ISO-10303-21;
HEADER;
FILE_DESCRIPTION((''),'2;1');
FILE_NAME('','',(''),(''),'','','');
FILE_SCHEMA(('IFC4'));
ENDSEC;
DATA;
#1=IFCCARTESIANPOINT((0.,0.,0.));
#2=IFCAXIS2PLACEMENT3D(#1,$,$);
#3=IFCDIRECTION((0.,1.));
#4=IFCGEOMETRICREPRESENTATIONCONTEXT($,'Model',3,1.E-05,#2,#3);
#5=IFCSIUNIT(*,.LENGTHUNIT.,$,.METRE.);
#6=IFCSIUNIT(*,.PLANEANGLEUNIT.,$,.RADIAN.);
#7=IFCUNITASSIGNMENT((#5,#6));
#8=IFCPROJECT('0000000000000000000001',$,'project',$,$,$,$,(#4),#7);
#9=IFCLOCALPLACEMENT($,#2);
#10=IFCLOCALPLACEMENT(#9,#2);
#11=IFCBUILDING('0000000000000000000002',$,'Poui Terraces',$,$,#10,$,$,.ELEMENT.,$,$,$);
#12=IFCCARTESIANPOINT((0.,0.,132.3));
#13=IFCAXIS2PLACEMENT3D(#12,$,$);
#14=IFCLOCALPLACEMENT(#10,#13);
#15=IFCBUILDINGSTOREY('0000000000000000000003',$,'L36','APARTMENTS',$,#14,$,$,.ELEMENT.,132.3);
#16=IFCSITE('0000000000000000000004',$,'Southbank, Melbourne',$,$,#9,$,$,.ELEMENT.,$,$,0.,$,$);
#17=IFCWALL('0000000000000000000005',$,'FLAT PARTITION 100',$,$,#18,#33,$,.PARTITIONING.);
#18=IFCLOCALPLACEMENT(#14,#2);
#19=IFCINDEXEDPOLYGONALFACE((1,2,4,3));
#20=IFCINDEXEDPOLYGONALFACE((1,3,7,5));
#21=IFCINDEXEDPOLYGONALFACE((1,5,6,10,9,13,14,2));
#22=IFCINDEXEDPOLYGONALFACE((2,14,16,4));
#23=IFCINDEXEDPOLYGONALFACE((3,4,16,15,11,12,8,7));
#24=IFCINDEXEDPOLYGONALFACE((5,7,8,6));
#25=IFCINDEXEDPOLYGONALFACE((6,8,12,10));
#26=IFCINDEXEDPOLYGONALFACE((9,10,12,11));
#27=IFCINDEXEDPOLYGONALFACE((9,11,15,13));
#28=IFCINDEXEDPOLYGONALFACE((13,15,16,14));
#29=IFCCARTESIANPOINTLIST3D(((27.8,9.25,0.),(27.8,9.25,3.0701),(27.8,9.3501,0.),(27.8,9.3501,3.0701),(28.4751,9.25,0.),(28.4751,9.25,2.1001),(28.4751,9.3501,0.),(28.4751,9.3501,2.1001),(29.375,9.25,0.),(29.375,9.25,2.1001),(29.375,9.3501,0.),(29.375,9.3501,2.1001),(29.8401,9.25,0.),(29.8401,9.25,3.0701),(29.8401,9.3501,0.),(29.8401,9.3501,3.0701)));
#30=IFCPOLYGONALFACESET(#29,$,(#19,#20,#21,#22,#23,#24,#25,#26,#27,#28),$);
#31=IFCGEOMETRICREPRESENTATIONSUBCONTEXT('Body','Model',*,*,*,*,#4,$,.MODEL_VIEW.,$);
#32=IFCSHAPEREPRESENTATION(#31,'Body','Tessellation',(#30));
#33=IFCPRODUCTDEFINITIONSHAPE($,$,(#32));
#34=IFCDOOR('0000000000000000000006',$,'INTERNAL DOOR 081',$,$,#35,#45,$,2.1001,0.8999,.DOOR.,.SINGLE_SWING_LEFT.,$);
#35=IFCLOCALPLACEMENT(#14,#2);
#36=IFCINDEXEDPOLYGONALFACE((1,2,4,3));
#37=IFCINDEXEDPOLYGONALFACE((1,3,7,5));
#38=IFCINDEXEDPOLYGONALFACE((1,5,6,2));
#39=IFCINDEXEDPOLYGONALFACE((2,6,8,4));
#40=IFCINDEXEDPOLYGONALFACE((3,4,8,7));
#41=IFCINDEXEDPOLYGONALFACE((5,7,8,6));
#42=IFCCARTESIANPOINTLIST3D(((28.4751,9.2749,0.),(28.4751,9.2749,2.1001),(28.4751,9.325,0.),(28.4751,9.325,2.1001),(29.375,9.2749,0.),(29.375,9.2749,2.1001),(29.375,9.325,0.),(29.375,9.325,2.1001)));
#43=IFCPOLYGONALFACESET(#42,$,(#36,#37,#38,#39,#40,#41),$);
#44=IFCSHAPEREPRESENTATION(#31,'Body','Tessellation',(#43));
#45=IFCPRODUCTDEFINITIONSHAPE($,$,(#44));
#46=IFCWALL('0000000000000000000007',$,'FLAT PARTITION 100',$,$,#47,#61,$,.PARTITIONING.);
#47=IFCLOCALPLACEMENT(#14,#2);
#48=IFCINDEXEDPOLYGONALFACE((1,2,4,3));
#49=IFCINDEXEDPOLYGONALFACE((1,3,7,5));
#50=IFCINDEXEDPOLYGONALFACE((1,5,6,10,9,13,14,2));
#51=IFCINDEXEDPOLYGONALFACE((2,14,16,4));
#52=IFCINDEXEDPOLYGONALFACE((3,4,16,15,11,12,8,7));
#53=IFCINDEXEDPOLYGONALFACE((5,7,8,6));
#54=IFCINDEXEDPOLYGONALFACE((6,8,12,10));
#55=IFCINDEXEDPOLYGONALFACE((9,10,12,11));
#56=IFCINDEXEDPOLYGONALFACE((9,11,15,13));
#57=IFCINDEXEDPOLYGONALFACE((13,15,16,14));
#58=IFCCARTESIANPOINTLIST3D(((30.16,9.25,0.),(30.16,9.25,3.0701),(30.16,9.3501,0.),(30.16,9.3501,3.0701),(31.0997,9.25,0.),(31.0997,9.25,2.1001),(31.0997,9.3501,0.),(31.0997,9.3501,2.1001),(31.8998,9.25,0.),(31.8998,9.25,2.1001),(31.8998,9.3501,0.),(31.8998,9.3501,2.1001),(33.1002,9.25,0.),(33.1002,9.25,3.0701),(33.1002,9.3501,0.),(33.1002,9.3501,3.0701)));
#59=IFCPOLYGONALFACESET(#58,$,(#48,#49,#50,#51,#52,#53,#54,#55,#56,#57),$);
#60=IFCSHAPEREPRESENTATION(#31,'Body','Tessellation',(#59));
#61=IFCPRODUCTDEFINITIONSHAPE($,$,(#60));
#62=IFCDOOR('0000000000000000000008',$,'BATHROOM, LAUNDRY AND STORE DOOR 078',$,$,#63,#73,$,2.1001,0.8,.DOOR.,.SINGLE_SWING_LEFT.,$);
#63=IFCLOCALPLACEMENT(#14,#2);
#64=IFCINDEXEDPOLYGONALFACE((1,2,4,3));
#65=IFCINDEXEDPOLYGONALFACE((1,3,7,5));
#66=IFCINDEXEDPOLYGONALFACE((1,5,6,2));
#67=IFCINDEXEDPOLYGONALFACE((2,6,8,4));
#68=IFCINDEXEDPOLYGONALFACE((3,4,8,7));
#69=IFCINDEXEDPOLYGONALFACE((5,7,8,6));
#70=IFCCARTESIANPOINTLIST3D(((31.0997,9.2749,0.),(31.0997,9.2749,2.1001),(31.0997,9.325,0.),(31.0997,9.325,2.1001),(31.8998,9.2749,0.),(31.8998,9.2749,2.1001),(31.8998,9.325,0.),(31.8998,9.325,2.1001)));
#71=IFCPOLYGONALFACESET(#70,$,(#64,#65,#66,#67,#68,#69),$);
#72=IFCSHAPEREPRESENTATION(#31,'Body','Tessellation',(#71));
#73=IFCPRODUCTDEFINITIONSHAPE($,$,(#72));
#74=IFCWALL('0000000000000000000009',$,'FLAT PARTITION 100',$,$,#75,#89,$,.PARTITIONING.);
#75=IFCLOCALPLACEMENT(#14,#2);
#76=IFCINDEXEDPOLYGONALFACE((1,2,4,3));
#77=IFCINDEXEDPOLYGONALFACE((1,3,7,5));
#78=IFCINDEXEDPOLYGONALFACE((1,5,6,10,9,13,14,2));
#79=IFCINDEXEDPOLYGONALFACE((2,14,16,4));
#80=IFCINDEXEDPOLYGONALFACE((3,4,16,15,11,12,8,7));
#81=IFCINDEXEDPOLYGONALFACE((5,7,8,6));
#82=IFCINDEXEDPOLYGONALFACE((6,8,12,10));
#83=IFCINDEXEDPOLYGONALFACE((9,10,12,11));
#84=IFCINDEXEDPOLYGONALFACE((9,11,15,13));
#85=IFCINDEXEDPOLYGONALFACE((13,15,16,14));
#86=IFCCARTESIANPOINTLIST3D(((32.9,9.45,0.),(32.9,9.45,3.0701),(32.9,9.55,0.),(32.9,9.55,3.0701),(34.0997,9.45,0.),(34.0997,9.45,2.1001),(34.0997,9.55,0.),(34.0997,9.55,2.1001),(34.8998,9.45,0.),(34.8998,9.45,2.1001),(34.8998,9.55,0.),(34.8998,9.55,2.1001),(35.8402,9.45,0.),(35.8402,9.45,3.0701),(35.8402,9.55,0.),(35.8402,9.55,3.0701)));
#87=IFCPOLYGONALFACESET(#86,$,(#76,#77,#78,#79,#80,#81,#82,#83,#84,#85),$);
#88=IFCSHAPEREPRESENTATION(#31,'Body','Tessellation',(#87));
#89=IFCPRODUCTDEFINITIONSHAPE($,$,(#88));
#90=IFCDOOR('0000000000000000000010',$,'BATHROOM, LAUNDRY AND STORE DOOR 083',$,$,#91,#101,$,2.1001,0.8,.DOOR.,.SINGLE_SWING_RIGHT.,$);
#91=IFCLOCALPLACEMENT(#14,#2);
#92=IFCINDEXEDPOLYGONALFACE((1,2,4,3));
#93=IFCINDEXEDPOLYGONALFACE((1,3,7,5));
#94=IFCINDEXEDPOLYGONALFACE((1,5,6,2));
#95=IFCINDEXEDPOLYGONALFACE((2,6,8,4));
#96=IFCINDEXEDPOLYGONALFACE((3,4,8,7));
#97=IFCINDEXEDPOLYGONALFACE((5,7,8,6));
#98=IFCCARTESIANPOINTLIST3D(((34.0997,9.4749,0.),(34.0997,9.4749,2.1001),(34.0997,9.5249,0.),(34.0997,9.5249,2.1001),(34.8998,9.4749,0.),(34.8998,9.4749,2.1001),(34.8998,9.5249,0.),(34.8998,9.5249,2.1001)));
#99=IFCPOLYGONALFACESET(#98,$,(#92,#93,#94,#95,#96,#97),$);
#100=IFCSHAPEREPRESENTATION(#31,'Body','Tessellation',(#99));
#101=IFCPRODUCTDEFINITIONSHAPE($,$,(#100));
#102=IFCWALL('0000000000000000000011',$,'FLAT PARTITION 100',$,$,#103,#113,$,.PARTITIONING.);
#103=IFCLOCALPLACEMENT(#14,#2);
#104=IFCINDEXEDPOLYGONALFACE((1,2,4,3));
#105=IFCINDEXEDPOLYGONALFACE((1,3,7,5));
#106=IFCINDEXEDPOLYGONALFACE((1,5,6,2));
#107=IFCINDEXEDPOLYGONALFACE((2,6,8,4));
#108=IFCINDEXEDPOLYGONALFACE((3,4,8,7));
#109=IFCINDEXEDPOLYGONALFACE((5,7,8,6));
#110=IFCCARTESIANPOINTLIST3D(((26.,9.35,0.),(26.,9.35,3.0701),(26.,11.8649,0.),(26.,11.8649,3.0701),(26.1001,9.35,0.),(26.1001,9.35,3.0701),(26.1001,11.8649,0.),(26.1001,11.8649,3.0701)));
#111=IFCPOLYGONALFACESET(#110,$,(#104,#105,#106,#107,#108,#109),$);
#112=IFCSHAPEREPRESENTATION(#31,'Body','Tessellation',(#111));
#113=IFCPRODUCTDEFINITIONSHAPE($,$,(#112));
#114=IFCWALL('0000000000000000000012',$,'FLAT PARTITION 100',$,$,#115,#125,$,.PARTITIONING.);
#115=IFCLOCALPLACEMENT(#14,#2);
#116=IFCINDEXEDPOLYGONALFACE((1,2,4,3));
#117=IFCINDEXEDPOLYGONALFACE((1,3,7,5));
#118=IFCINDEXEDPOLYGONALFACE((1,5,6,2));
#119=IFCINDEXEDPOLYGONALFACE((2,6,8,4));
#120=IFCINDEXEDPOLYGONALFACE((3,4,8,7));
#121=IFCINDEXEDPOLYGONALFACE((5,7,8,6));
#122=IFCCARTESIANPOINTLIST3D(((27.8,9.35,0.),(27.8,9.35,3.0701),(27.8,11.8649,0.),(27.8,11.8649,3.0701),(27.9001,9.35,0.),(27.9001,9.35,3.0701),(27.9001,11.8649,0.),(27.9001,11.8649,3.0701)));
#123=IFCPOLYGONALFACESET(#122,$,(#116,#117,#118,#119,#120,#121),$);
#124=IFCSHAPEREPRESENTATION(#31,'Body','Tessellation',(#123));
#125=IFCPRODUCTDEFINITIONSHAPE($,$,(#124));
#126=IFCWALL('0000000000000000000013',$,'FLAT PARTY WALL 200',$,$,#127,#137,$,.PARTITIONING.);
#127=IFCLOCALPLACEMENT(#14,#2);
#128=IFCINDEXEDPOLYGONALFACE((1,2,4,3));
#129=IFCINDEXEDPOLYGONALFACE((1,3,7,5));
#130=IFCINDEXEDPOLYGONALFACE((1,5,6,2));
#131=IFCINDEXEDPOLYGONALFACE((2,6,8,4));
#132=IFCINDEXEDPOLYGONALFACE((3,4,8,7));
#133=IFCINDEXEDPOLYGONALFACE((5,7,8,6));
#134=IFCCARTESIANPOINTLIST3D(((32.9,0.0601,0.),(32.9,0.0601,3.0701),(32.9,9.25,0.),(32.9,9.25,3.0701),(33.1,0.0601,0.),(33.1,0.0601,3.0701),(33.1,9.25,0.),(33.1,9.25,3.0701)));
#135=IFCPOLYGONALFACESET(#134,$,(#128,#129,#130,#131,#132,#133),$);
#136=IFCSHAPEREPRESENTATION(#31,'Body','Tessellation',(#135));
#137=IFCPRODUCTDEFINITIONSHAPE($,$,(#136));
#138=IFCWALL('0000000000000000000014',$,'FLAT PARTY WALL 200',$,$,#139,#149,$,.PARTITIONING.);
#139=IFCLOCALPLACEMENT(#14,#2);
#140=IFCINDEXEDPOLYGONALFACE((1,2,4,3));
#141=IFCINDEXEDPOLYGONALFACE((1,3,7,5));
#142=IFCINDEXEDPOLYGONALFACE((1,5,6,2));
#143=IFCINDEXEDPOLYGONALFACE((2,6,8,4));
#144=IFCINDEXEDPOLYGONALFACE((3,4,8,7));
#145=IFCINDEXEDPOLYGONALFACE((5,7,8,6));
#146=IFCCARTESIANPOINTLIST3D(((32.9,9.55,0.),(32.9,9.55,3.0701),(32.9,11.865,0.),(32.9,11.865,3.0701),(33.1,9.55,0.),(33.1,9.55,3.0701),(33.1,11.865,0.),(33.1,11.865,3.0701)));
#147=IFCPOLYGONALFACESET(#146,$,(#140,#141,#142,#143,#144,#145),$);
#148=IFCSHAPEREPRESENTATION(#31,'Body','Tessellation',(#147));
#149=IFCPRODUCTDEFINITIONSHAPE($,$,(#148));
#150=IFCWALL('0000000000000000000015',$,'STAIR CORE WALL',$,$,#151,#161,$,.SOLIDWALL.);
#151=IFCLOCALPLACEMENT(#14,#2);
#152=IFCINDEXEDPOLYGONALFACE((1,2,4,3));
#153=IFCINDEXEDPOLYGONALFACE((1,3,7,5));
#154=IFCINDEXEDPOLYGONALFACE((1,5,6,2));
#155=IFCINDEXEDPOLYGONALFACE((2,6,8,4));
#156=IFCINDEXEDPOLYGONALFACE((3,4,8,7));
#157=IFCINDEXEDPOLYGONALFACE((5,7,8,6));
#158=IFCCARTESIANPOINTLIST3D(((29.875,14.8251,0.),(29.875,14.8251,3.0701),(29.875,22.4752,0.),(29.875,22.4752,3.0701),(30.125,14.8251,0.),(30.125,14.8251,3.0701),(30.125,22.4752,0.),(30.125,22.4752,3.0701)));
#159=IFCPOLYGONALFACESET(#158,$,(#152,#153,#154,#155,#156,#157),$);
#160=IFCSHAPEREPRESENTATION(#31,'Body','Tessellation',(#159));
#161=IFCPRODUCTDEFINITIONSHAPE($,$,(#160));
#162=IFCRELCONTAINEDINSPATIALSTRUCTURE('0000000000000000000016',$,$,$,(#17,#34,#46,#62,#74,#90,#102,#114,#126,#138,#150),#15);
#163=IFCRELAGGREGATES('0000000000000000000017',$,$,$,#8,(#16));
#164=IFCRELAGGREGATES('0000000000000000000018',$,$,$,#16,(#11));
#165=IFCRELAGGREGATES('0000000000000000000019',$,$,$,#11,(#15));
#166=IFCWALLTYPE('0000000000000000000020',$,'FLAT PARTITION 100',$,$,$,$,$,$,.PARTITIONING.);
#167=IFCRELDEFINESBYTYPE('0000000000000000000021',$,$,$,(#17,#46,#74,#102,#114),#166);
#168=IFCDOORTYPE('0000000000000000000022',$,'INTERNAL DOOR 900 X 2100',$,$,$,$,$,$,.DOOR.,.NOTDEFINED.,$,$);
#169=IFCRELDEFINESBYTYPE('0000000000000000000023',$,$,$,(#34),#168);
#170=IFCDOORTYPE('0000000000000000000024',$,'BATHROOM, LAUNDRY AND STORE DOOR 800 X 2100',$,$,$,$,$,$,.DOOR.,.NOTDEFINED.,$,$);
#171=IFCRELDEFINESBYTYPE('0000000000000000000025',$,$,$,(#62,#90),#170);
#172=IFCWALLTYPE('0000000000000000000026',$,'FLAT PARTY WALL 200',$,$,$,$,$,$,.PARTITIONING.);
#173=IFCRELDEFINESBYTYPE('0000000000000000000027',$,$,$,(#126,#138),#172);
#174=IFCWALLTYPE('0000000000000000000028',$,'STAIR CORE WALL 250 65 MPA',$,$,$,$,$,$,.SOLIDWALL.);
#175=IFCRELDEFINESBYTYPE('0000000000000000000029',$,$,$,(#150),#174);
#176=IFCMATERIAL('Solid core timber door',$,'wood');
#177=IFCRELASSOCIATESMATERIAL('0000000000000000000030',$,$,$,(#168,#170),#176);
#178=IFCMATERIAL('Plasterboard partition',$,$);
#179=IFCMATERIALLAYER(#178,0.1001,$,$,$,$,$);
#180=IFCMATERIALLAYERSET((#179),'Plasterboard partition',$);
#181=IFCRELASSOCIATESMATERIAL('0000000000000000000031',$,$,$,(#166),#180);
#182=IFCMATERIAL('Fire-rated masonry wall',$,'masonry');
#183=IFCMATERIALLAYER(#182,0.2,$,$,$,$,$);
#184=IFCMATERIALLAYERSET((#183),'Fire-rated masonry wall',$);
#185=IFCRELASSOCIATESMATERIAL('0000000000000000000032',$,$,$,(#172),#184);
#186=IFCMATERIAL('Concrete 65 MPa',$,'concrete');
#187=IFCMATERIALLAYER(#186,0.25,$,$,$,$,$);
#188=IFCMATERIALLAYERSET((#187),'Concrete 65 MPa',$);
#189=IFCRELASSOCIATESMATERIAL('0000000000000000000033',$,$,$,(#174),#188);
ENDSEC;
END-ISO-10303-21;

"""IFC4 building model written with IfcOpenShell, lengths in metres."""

from ifc_helpers import new_model, si_unit, direction, frame, frame_2d, origin, place, context, subcontext, project, spatial, rectangle, extrude, material, layer, layer_set, type_object, element, fill, save


model = new_model("IFC4")

# Units and contexts
model_context = context("Model", 3, precision=1e-05, world=origin(), true_north=direction((0.0, 1.0)))
body_context = subcontext(model_context, "Body", "Model", "MODEL_VIEW")
ifc_project = project(units=[si_unit("LENGTHUNIT", "METRE"), si_unit("PLANEANGLEUNIT", "RADIAN")], contexts=[model_context])

# Site, building, storey
site_placement = place(None, origin())
site = spatial("IfcSite", under=ifc_project, at=site_placement, Name="Southbank, Melbourne", CompositionType="ELEMENT", RefElevation=0.0)
building_placement = place(site_placement, origin())
building = spatial("IfcBuilding", under=site, at=building_placement, Name="Poui Terraces", CompositionType="ELEMENT")
storey_placement = place(building_placement, frame((0.0, 0.0, 132.3)))
storey = spatial("IfcBuildingStorey", under=building, at=storey_placement, Name="L36", Description="APARTMENTS", CompositionType="ELEMENT", Elevation=132.3)

# Shared definitions
ifc_material_1 = material(Name="Concrete 65 MPa", Category="concrete")

# Walls, openings, doors
ifc_material_2 = material(Name="Solid core timber door", Category="wood")
door_type_1 = type_object("IfcDoorType", Name="INTERNAL DOOR 900 X 2100", OperationType="NOTDEFINED", PredefinedType="DOOR", material=ifc_material_2)
ifc_material_3 = material(Name="Plasterboard partition")
ifc_layer_1 = layer(ifc_material_3, 0.1001)
ifc_layer_set_1 = layer_set([ifc_layer_1], Name="Plasterboard partition")
wall_type_1 = type_object("IfcWallType", Name="FLAT PARTITION 100", PredefinedType="PARTITIONING", material=ifc_layer_set_1)
door_type_2 = type_object("IfcDoorType", Name="BATHROOM, LAUNDRY AND STORE DOOR 800 X 2100", OperationType="NOTDEFINED", PredefinedType="DOOR", material=ifc_material_2)
wall_1_placement = place(storey_placement, frame((27.8, 9.3, 0.0), z_axis=(0.0, 0.0, 1.0), x_axis=(1.0, 0.0, 0.0)))
wall_1 = element("IfcWall", 1, at=wall_1_placement, inside=storey, type_object=wall_type_1, Name="FLAT PARTITION 100", PredefinedType="PARTITIONING", context=body_context, shape_type="SweptSolid", body=[
    extrude(rectangle(XDim=2.04, YDim=0.1001, at=frame_2d((1.02, 0.0))), origin(), (0.0, 0.0, 1.0), 3.0701),
])
opening_1_placement = place(wall_1_placement, frame((0.675, 0.0, 0.0)))
opening_1 = element("IfcOpeningElement", 2, at=opening_1_placement, cuts=wall_1, PredefinedType="OPENING", context=body_context, shape_type="SweptSolid", body=[
    extrude(rectangle(XDim=0.8999, YDim=2.1001, at=frame_2d((0.45, 1.05))), frame((0.0, 0.0601, 0.0), z_axis=(0.0, -1.0, 0.0), x_axis=(1.0, 0.0, 0.0)), (0.0, 0.0, 1.0), 0.1201),
])
door_1_placement = place(opening_1_placement, origin())
door_1 = element("IfcDoor", 3, at=door_1_placement, inside=storey, type_object=door_type_1, Name="INTERNAL DOOR 081", OperationType="SINGLE_SWING_LEFT", OverallHeight=2.1001, OverallWidth=0.8999, PredefinedType="DOOR", context=body_context, shape_type="SweptSolid", body=[
    extrude(rectangle(XDim=0.8999, YDim=2.1001, at=frame_2d((0.45, 1.05))), frame((0.0, 0.0249, 0.0), z_axis=(0.0, -1.0, 0.0), x_axis=(1.0, 0.0, 0.0)), (0.0, 0.0, 1.0), 0.05),
])
fill(opening_1, door_1)
wall_2_placement = place(storey_placement, frame((30.1599, 9.3, 0.0), z_axis=(0.0, 0.0, 1.0), x_axis=(1.0, 0.0, 0.0)))
wall_2 = element("IfcWall", 4, at=wall_2_placement, inside=storey, type_object=wall_type_1, Name="FLAT PARTITION 100", PredefinedType="PARTITIONING", context=body_context, shape_type="SweptSolid", body=[
    extrude(rectangle(XDim=2.9402, YDim=0.1001, at=frame_2d((1.4702, 0.0))), origin(), (0.0, 0.0, 1.0), 3.0701),
])
opening_2_placement = place(wall_2_placement, frame((0.9399, 0.0, 0.0)))
opening_2 = element("IfcOpeningElement", 5, at=opening_2_placement, cuts=wall_2, PredefinedType="OPENING", context=body_context, shape_type="SweptSolid", body=[
    extrude(rectangle(XDim=0.8, YDim=2.1001, at=frame_2d((0.3999, 1.05))), frame((0.0, 0.0601, 0.0), z_axis=(0.0, -1.0, 0.0), x_axis=(1.0, 0.0, 0.0)), (0.0, 0.0, 1.0), 0.1201),
])
door_2_placement = place(opening_2_placement, origin())
door_2 = element("IfcDoor", 6, at=door_2_placement, inside=storey, type_object=door_type_2, Name="BATHROOM, LAUNDRY AND STORE DOOR 078", OperationType="SINGLE_SWING_LEFT", OverallHeight=2.1001, OverallWidth=0.8, PredefinedType="DOOR", context=body_context, shape_type="SweptSolid", body=[
    extrude(rectangle(XDim=0.8, YDim=2.1001, at=frame_2d((0.3999, 1.05))), frame((0.0, 0.0249, 0.0), z_axis=(0.0, -1.0, 0.0), x_axis=(1.0, 0.0, 0.0)), (0.0, 0.0, 1.0), 0.05),
])
fill(opening_2, door_2)
wall_3_placement = place(storey_placement, frame((32.8999, 9.5, 0.0), z_axis=(0.0, 0.0, 1.0), x_axis=(1.0, 0.0, 0.0)))
wall_3 = element("IfcWall", 7, at=wall_3_placement, inside=storey, type_object=wall_type_1, Name="FLAT PARTITION 100", PredefinedType="PARTITIONING", context=body_context, shape_type="SweptSolid", body=[
    extrude(rectangle(XDim=2.9402, YDim=0.1001, at=frame_2d((1.4702, 0.0))), origin(), (0.0, 0.0, 1.0), 3.0701),
])
opening_3_placement = place(wall_3_placement, frame((1.2, 0.0, 0.0)))
opening_3 = element("IfcOpeningElement", 8, at=opening_3_placement, cuts=wall_3, PredefinedType="OPENING", context=body_context, shape_type="SweptSolid", body=[
    extrude(rectangle(XDim=0.8, YDim=2.1001, at=frame_2d((0.3999, 1.05))), frame((0.0, 0.0601, 0.0), z_axis=(0.0, -1.0, 0.0), x_axis=(1.0, 0.0, 0.0)), (0.0, 0.0, 1.0), 0.1201),
])
door_3_placement = place(opening_3_placement, origin())
door_3 = element("IfcDoor", 9, at=door_3_placement, inside=storey, type_object=door_type_2, Name="BATHROOM, LAUNDRY AND STORE DOOR 083", OperationType="SINGLE_SWING_RIGHT", OverallHeight=2.1001, OverallWidth=0.8, PredefinedType="DOOR", context=body_context, shape_type="SweptSolid", body=[
    extrude(rectangle(XDim=0.8, YDim=2.1001, at=frame_2d((0.3999, 1.05))), frame((0.0, 0.0249, 0.0), z_axis=(0.0, -1.0, 0.0), x_axis=(1.0, 0.0, 0.0)), (0.0, 0.0, 1.0), 0.05),
])
fill(opening_3, door_3)

# Walls
for number, where, z_axis, x_axis, name in (
    (10, (26.05, 9.3501, 0.0), (0.0, 0.0, 1.0), (0.0, 1.0, 0.0), "FLAT PARTITION 100"),
    (11, (27.8501, 9.3501, 0.0), (0.0, 0.0, 1.0), (0.0, 1.0, 0.0), "FLAT PARTITION 100"),
):
    element("IfcWall", number, at=place(storey_placement, frame(where, z_axis=z_axis, x_axis=x_axis)), inside=storey, type_object=wall_type_1, Name=name, PredefinedType="PARTITIONING", context=body_context, shape_type="SweptSolid", body=[
        extrude(rectangle(XDim=2.5149, YDim=0.1001, at=frame_2d((1.2573, 0.0))), origin(), (0.0, 0.0, 1.0), 3.0701),
    ])
ifc_material_4 = material(Name="Fire-rated masonry wall", Category="masonry")
ifc_layer_2 = layer(ifc_material_4, 0.2)
ifc_layer_set_2 = layer_set([ifc_layer_2], Name="Fire-rated masonry wall")
wall_type_2 = type_object("IfcWallType", Name="FLAT PARTY WALL 200", PredefinedType="PARTITIONING", material=ifc_layer_set_2)
wall_4_placement = place(storey_placement, frame((33.0, 0.0601, 0.0), z_axis=(0.0, 0.0, 1.0), x_axis=(0.0, 1.0, 0.0)))
element("IfcWall", 12, at=wall_4_placement, inside=storey, type_object=wall_type_2, Name="FLAT PARTY WALL 200", PredefinedType="PARTITIONING", context=body_context, shape_type="SweptSolid", body=[
    extrude(rectangle(XDim=9.1899, YDim=0.2, at=frame_2d((4.595, 0.0))), origin(), (0.0, 0.0, 1.0), 3.0701),
])
wall_5_placement = place(storey_placement, frame((33.0, 9.55, 0.0), z_axis=(0.0, 0.0, 1.0), x_axis=(0.0, 1.0, 0.0)))
element("IfcWall", 13, at=wall_5_placement, inside=storey, type_object=wall_type_2, Name="FLAT PARTY WALL 200", PredefinedType="PARTITIONING", context=body_context, shape_type="SweptSolid", body=[
    extrude(rectangle(XDim=2.3149, YDim=0.2, at=frame_2d((1.1575, 0.0))), origin(), (0.0, 0.0, 1.0), 3.0701),
])
ifc_layer_3 = layer(ifc_material_1, 0.25)
ifc_layer_set_3 = layer_set([ifc_layer_3], Name="Concrete 65 MPa")
wall_type_3 = type_object("IfcWallType", Name="STAIR CORE WALL 250 65 MPA", PredefinedType="SOLIDWALL", material=ifc_layer_set_3)
wall_6_placement = place(storey_placement, frame((30.0, 14.825, 0.0), z_axis=(0.0, 0.0, 1.0), x_axis=(0.0, 1.0, 0.0)))
element("IfcWall", 14, at=wall_6_placement, inside=storey, type_object=wall_type_3, Name="STAIR CORE WALL", PredefinedType="SOLIDWALL", context=body_context, shape_type="SweptSolid", body=[
    extrude(rectangle(XDim=7.6501, YDim=0.25, at=frame_2d((3.8252, 0.0))), origin(), (0.0, 0.0, 1.0), 3.0701),
])

save(model, "model.ifc")
